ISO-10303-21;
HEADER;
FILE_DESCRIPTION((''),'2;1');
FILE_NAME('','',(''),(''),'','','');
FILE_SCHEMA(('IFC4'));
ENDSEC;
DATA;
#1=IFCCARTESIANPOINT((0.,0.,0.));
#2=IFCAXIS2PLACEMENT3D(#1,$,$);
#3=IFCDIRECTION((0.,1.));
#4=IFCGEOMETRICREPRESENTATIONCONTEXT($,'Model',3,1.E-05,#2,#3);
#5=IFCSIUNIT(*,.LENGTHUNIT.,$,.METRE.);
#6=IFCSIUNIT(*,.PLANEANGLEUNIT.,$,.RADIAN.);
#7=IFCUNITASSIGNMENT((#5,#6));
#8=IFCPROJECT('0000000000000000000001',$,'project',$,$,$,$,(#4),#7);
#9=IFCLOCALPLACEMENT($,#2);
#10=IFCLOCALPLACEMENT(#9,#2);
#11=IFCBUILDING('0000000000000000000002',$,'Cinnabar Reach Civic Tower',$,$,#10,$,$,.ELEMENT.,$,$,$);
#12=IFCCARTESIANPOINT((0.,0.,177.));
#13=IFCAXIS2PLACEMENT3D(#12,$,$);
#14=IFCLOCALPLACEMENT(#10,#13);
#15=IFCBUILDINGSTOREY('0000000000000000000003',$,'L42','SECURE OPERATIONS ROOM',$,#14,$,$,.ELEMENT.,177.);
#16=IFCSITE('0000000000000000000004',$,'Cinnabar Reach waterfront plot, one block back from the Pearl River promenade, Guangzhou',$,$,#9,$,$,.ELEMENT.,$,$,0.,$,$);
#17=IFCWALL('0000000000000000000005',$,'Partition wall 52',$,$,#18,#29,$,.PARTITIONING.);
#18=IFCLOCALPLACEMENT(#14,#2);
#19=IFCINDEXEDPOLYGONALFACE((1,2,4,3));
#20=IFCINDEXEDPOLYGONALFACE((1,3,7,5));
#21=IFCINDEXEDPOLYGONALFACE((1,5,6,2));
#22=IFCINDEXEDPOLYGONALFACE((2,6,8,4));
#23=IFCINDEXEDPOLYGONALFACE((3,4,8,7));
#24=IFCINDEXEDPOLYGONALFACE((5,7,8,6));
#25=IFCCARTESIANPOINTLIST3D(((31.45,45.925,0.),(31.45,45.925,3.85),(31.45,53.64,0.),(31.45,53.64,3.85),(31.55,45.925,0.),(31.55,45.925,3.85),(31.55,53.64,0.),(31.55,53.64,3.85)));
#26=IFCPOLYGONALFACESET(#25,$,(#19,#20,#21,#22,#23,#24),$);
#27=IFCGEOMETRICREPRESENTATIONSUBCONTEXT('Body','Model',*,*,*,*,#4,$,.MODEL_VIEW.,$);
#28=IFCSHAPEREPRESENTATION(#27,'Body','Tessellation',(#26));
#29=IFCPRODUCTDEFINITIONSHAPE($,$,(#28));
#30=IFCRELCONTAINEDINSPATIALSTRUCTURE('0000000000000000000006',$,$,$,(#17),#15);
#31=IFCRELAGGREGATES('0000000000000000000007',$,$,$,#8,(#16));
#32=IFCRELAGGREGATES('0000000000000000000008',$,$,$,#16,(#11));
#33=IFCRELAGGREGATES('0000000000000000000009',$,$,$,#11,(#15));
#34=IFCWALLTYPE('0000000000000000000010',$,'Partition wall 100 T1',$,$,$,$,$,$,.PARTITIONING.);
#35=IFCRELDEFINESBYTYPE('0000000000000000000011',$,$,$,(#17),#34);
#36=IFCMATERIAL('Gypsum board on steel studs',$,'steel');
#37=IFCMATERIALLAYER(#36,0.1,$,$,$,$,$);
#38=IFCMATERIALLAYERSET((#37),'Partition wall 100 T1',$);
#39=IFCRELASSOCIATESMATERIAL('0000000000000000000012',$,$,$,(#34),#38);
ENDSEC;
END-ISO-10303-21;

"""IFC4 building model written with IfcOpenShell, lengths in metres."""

from ifc_helpers import new_model, si_unit, direction, frame, frame_2d, origin, place, context, subcontext, project, spatial, rectangle, extrude, material, layer, layer_set, type_object, element, save


model = new_model("IFC4")

# Units and contexts
model_context = context("Model", 3, precision=1e-05, world=origin(), true_north=direction((0.0, 1.0)))
body_context = subcontext(model_context, "Body", "Model", "MODEL_VIEW")
ifc_project = project(units=[si_unit("LENGTHUNIT", "METRE"), si_unit("PLANEANGLEUNIT", "RADIAN")], contexts=[model_context])

# Site, building, storey
site_placement = place(None, origin())
site = spatial("IfcSite", under=ifc_project, at=site_placement, Name="Cinnabar Reach waterfront plot, one block back from the Pearl River promenade, Guangzhou", CompositionType="ELEMENT", RefElevation=0.0)
building_placement = place(site_placement, origin())
building = spatial("IfcBuilding", under=site, at=building_placement, Name="Cinnabar Reach Civic Tower", CompositionType="ELEMENT")
storey_placement = place(building_placement, frame((0.0, 0.0, 177.0)))
storey = spatial("IfcBuildingStorey", under=building, at=storey_placement, Name="L42", Description="SECURE OPERATIONS ROOM", CompositionType="ELEMENT", Elevation=177.0)

# Wall
ifc_material_1 = material(Name="Gypsum board on steel studs", Category="steel")
ifc_layer_1 = layer(ifc_material_1, 0.1)
ifc_layer_set_1 = layer_set([ifc_layer_1], Name="Partition wall 100 T1")
wall_type_1 = type_object("IfcWallType", Name="Partition wall 100 T1", PredefinedType="PARTITIONING", material=ifc_layer_set_1)
wall_1_placement = place(storey_placement, frame((31.5, 45.925, 0.0), z_axis=(0.0, 0.0, 1.0), x_axis=(0.0, 1.0, 0.0)))
element("IfcWall", 1, at=wall_1_placement, inside=storey, type_object=wall_type_1, Name="Partition wall 52", PredefinedType="PARTITIONING", context=body_context, shape_type="SweptSolid", body=[
    extrude(rectangle(XDim=7.715, YDim=0.1, at=frame_2d((3.8575, 0.0))), origin(), (0.0, 0.0, 1.0), 3.85),
])

save(model, "model.ifc")
